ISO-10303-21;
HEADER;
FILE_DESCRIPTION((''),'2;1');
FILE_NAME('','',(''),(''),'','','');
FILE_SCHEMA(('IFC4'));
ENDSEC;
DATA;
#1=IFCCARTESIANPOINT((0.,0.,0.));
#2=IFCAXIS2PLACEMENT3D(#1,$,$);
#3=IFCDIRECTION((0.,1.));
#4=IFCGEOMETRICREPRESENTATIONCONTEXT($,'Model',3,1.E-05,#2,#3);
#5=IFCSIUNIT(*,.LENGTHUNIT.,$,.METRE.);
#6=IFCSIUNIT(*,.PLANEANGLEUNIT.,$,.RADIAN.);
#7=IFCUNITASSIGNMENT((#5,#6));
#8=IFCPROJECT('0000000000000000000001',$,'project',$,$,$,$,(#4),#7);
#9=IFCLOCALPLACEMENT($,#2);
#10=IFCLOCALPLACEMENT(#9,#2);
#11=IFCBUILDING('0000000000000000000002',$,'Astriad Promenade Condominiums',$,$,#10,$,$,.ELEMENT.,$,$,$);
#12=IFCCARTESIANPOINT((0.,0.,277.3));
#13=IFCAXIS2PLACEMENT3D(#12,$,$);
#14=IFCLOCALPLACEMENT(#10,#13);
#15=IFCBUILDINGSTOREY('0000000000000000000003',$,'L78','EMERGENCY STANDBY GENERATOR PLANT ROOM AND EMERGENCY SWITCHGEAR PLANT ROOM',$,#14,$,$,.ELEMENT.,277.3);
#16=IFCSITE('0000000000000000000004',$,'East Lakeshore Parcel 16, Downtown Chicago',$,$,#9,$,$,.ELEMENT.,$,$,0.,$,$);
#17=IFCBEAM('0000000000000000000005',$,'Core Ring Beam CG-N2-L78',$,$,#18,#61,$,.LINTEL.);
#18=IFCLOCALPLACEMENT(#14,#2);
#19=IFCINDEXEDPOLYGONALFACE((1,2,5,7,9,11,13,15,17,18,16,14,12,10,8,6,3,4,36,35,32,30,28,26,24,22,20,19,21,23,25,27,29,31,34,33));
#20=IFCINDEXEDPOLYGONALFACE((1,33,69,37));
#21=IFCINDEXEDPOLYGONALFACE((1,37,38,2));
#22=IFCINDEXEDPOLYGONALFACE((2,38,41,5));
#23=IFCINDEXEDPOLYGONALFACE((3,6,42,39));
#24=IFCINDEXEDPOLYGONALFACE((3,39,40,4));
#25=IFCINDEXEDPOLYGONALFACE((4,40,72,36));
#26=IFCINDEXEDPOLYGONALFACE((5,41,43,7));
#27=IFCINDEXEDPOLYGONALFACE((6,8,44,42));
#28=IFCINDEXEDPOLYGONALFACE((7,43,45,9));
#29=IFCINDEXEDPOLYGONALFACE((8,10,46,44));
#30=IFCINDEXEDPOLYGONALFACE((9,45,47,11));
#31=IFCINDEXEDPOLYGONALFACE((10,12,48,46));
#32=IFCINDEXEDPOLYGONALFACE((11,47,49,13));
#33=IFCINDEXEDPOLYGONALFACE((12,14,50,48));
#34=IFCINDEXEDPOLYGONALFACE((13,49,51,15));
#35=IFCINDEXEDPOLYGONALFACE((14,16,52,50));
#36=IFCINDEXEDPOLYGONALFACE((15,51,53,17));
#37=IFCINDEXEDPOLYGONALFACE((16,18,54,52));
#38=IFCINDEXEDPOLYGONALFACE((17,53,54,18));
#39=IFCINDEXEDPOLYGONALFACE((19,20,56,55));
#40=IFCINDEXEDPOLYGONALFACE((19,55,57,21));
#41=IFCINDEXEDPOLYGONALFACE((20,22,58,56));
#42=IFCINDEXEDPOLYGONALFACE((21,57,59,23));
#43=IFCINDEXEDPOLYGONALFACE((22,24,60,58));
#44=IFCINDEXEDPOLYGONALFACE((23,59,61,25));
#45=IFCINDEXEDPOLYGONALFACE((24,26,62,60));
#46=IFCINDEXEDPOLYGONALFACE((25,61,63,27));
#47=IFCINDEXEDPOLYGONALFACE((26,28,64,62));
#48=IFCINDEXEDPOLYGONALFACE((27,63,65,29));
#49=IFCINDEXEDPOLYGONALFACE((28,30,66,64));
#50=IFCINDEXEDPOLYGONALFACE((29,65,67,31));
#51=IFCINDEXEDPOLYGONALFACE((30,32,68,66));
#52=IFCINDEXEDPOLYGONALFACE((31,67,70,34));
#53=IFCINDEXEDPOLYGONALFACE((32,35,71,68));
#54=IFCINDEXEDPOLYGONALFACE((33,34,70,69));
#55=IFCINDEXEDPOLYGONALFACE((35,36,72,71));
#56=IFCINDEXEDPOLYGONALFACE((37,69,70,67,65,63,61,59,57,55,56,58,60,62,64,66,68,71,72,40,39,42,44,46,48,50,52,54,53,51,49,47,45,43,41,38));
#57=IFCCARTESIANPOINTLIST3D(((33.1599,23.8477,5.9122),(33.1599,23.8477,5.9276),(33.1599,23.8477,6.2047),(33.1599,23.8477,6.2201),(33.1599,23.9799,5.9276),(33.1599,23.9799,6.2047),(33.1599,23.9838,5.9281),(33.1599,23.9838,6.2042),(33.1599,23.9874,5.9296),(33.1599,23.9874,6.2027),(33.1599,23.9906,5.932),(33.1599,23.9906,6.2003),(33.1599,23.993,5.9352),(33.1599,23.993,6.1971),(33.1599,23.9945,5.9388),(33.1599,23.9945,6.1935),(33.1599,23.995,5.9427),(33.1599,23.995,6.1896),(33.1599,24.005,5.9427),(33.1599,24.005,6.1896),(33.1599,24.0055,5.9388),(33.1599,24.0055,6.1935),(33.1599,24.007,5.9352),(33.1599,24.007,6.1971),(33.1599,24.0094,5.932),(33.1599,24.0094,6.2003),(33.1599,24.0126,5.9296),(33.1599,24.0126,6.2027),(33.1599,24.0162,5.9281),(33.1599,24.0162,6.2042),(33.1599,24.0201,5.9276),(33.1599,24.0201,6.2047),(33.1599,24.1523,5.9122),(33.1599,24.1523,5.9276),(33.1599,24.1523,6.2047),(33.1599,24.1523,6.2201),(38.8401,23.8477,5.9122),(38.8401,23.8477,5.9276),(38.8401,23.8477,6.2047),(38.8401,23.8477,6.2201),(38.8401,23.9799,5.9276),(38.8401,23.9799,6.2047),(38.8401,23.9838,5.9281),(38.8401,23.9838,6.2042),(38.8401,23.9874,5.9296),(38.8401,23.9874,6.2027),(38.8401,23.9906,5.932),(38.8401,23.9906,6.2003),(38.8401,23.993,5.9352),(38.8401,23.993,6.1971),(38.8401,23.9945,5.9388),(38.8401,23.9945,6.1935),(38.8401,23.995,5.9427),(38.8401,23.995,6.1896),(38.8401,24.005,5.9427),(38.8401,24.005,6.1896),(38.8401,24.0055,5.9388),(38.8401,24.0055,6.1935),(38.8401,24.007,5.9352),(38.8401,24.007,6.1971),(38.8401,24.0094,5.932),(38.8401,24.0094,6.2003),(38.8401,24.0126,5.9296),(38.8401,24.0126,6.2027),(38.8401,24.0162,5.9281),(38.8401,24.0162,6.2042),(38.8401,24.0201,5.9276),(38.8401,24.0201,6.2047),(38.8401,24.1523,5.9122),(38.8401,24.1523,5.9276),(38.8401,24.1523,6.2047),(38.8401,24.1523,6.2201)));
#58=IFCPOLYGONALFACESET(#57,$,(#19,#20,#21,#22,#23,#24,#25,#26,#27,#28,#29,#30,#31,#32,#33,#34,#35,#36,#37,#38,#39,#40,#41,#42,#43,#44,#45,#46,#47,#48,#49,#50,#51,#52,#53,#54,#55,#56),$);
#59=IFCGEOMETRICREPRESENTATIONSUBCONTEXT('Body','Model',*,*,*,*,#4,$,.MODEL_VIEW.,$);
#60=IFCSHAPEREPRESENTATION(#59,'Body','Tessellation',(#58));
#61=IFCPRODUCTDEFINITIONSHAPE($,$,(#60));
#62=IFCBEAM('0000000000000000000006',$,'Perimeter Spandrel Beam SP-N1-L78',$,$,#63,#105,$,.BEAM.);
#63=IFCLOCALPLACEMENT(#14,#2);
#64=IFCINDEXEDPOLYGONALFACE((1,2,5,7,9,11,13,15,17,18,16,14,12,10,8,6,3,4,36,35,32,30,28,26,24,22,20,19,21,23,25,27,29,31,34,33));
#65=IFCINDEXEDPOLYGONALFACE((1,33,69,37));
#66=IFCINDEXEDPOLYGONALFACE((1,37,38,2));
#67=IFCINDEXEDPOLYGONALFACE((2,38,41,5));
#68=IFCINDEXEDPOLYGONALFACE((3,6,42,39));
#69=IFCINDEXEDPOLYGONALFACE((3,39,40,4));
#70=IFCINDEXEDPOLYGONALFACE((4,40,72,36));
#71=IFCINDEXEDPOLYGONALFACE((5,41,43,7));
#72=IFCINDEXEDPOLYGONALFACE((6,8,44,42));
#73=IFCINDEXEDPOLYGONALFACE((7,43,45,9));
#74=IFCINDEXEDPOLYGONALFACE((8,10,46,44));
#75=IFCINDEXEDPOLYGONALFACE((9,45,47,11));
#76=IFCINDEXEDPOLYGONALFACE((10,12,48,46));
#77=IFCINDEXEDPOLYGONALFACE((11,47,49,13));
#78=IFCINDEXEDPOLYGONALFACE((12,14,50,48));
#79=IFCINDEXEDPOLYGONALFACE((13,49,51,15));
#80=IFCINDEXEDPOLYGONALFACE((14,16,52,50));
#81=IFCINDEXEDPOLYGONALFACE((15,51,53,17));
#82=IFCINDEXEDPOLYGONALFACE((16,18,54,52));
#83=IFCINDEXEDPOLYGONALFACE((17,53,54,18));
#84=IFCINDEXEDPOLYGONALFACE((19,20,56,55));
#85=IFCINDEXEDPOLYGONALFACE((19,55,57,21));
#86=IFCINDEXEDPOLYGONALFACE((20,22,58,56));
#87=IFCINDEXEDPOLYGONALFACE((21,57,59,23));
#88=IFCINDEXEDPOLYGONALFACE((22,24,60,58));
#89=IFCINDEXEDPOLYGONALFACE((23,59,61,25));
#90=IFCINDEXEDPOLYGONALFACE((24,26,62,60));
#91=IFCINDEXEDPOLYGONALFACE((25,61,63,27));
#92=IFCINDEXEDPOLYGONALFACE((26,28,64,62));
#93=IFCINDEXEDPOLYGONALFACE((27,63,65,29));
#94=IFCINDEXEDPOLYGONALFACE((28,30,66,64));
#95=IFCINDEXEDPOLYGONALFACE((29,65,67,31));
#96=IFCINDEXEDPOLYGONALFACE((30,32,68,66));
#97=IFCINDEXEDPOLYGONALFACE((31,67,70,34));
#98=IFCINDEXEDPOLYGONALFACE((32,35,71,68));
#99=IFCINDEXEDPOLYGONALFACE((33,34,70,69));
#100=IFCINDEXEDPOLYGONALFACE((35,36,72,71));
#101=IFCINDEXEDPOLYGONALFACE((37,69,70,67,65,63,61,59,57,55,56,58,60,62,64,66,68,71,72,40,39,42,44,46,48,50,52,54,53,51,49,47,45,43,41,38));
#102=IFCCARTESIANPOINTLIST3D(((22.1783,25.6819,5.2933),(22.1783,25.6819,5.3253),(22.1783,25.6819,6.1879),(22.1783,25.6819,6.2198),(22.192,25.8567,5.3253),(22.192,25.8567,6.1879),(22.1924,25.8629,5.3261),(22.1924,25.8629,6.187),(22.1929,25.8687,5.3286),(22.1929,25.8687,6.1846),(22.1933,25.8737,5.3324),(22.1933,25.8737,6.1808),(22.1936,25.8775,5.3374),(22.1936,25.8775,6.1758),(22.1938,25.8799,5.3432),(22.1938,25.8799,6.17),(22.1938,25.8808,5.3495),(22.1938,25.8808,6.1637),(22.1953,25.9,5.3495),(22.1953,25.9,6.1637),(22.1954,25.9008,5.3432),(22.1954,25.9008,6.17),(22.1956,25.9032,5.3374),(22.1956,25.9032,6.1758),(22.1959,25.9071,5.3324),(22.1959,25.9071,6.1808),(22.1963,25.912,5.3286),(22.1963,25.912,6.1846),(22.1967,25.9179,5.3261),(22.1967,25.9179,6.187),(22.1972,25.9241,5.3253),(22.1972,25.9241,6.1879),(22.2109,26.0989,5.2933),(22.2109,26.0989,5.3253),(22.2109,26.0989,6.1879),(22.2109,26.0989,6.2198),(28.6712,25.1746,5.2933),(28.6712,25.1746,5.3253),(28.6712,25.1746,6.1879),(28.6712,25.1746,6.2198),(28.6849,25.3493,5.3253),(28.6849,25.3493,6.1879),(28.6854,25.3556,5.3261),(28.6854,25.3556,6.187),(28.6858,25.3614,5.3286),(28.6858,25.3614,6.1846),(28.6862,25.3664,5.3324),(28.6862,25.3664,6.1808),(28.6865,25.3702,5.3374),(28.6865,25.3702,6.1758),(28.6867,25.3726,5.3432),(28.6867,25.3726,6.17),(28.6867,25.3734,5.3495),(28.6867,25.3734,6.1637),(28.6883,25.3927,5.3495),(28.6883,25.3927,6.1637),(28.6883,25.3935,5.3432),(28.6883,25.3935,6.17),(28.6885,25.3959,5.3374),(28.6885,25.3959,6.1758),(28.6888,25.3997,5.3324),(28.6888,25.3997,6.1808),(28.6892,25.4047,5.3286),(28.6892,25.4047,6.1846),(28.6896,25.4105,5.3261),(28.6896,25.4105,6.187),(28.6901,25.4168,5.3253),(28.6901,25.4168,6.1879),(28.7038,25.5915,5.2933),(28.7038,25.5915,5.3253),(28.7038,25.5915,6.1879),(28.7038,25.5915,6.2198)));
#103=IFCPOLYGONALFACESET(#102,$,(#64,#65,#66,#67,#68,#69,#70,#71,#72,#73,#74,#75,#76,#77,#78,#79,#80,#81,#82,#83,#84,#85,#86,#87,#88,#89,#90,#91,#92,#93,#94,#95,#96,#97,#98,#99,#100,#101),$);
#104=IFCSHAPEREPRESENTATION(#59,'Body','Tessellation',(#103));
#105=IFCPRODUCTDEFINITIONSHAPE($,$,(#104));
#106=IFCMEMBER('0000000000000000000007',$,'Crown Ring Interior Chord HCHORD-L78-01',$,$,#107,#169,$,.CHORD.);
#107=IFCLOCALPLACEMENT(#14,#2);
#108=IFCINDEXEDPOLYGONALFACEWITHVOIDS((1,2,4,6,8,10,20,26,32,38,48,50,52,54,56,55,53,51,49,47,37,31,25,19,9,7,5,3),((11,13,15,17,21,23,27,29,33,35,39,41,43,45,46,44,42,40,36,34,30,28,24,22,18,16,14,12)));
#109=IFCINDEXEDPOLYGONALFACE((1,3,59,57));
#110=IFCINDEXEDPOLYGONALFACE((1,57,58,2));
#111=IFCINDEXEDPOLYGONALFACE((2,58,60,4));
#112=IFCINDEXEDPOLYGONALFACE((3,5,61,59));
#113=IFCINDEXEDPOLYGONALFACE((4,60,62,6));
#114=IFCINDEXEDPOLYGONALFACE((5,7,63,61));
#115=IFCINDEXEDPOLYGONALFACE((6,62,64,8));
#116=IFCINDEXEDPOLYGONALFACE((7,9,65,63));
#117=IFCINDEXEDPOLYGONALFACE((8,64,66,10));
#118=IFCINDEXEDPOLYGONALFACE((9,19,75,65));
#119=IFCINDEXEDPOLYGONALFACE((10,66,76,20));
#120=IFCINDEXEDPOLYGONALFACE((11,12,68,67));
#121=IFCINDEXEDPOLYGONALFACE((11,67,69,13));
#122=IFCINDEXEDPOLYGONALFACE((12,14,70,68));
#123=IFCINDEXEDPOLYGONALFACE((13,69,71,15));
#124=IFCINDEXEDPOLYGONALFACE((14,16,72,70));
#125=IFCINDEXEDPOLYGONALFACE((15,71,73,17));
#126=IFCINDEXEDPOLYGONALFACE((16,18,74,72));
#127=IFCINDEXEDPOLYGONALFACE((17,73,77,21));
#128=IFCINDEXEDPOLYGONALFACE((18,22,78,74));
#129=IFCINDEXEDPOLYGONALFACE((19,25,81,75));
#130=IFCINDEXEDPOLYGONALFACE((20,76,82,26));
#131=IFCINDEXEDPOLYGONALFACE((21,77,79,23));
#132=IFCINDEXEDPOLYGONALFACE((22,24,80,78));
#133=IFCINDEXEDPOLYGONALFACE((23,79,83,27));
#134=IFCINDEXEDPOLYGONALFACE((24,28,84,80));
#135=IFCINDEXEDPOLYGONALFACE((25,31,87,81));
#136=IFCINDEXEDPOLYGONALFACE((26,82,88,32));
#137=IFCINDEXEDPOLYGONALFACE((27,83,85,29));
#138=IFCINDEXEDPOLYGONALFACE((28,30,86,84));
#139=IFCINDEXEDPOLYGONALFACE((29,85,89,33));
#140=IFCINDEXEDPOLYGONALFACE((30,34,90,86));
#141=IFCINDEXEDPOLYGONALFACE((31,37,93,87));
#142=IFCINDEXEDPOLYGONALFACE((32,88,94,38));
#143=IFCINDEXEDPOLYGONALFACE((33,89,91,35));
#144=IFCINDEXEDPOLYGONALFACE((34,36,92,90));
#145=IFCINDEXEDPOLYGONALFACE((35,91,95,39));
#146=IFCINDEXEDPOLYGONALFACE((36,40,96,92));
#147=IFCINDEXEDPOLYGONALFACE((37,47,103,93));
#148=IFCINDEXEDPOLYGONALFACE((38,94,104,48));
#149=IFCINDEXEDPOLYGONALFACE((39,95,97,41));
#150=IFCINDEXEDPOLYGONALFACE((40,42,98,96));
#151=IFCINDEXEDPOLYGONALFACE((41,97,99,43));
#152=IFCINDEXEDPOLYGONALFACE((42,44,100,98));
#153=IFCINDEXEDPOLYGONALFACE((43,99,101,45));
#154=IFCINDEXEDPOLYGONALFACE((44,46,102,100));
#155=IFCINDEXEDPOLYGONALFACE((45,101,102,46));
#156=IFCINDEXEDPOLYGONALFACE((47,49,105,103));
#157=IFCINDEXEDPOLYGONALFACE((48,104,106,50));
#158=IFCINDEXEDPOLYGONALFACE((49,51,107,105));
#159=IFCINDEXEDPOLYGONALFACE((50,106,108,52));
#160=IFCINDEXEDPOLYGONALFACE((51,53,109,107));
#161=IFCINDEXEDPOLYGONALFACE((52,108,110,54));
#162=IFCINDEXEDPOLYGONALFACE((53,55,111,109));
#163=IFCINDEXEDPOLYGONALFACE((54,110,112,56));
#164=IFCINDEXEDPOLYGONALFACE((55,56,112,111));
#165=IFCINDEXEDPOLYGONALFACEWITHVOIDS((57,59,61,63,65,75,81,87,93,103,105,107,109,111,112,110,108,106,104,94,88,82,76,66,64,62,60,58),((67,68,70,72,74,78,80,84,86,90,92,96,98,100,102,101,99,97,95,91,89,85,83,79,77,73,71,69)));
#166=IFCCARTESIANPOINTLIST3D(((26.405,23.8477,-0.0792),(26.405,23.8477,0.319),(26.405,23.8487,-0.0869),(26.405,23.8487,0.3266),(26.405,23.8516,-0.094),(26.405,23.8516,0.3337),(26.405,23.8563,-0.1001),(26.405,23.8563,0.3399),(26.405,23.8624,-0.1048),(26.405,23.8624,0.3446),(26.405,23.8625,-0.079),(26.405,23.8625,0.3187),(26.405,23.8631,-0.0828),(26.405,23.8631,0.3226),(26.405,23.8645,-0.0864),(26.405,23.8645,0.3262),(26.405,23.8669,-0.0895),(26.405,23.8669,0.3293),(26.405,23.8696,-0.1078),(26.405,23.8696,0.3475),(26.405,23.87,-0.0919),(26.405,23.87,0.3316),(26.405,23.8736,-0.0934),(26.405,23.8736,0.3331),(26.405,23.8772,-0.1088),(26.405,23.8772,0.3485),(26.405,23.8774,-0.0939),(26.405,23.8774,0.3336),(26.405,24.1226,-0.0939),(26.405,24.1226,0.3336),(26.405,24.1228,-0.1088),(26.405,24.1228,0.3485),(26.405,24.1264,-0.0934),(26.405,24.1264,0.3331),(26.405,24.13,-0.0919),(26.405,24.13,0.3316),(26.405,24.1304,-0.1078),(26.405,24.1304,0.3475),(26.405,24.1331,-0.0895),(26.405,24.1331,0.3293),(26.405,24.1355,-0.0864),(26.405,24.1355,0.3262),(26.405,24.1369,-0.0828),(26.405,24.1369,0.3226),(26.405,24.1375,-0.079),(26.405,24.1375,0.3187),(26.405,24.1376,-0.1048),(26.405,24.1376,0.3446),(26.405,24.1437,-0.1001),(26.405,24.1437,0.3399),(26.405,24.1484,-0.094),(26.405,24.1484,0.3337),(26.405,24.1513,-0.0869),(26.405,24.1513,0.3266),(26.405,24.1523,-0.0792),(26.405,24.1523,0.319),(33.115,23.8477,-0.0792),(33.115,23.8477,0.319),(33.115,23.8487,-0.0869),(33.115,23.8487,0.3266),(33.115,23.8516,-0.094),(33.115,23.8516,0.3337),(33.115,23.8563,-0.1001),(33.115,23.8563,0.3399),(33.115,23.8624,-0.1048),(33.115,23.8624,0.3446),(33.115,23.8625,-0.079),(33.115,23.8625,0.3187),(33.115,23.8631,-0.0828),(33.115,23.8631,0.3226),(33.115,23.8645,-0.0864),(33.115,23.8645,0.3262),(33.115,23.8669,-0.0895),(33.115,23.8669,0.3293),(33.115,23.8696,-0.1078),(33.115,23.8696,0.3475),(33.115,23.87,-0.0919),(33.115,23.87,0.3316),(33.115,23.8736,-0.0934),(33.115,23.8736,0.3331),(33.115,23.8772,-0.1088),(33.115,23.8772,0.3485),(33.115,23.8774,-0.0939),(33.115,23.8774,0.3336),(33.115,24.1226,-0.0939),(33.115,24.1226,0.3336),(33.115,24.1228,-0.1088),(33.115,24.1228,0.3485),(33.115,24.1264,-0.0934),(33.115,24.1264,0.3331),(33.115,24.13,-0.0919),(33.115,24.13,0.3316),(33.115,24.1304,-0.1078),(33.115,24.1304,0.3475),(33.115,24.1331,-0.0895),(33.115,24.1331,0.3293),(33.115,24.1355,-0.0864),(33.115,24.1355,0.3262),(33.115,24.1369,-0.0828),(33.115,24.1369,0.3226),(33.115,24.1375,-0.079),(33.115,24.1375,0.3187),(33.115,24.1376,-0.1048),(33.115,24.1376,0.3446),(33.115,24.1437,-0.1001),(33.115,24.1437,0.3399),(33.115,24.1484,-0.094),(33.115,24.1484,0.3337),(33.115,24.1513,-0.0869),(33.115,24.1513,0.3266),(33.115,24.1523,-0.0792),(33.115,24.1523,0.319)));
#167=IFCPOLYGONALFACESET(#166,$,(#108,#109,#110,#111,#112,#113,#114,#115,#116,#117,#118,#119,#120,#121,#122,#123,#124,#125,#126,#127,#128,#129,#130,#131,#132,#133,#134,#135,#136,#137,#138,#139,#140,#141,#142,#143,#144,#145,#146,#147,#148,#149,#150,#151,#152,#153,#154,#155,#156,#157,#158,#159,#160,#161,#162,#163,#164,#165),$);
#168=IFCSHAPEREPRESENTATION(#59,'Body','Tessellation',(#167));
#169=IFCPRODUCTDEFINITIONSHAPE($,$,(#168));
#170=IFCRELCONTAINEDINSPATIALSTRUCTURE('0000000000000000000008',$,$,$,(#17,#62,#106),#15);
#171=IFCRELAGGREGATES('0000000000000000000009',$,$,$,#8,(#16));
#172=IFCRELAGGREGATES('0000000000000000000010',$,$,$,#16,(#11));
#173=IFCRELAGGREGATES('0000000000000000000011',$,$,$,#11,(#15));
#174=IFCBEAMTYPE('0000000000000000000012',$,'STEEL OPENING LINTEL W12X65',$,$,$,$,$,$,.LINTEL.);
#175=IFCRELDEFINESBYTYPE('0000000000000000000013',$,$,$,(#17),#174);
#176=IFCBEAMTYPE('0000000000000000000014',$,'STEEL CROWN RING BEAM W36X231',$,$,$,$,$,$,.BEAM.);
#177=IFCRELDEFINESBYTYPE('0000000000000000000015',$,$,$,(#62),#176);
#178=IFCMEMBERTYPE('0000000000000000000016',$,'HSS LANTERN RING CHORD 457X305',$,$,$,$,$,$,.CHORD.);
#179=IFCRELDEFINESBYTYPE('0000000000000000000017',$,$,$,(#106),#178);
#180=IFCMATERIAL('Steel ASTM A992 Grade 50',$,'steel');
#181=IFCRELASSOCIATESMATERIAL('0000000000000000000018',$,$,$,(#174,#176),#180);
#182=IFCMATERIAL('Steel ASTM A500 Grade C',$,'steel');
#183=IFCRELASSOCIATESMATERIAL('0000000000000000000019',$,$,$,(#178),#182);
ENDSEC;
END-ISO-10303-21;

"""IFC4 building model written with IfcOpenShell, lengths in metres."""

from ifc_helpers import new_model, si_unit, direction, frame, origin, origin_2d, place, context, subcontext, project, spatial, hollow_rectangle, i_section, extrude, source, transform, mapped, material, material_profile, profile_set, type_object, type_shapes, element, save


model = new_model("IFC4")

# Units and contexts
model_context = context("Model", 3, precision=1e-05, world=origin(), true_north=direction((0.0, 1.0)))
body_context = subcontext(model_context, "Body", "Model", "MODEL_VIEW")
ifc_project = project(units=[si_unit("LENGTHUNIT", "METRE"), si_unit("PLANEANGLEUNIT", "RADIAN")], contexts=[model_context])

# Site, building, storey
site_placement = place(None, origin())
site = spatial("IfcSite", under=ifc_project, at=site_placement, Name="East Lakeshore Parcel 16, Downtown Chicago", CompositionType="ELEMENT", RefElevation=0.0)
building_placement = place(site_placement, origin())
building = spatial("IfcBuilding", under=site, at=building_placement, Name="Astriad Promenade Condominiums", CompositionType="ELEMENT")
storey_placement = place(building_placement, frame((0.0, 0.0, 277.3)))
storey = spatial("IfcBuildingStorey", under=building, at=storey_placement, Name="L78", Description="EMERGENCY STANDBY GENERATOR PLANT ROOM AND EMERGENCY SWITCHGEAR PLANT ROOM", CompositionType="ELEMENT", Elevation=277.3)

# Shared definitions
ifc_material_1 = material(Name="Steel ASTM A992 Grade 50", Category="steel")

# Beams
ifc_material_profile_1 = material_profile(ifc_material_1, i_section(OverallWidth=0.3047, OverallDepth=0.3079, WebThickness=0.01, FlangeThickness=0.0154, FilletRadius=0.0151, at=origin_2d()), Name="W12X65")
ifc_profile_set_1 = profile_set([ifc_material_profile_1], Name="Steel ASTM A992 Grade 50")
beam_type_1 = type_object("IfcBeamType", Name="STEEL OPENING LINTEL W12X65", PredefinedType="LINTEL", material=ifc_profile_set_1)
shared_shape_1 = source(origin(), body_context, "Body", "SweptSolid", [
    extrude(i_section(OverallWidth=0.3047, OverallDepth=0.3079, WebThickness=0.01, FlangeThickness=0.0154, FilletRadius=0.0151, at=origin_2d()), origin(), (0.0, 0.0, 1.0), 5.6802),
])
type_shapes(beam_type_1, [shared_shape_1])
beam_1_placement = place(storey_placement, frame((33.1599, 24.0, 6.0662), z_axis=(1.0, 0.0, 0.0), x_axis=(0.0, 1.0, 0.0)))
element("IfcBeam", 1, at=beam_1_placement, inside=storey, type_object=beam_type_1, Name="Core Ring Beam CG-N2-L78", PredefinedType="LINTEL", context=body_context, shape_type="MappedRepresentation", body=[
    mapped(shared_shape_1, transform((0.0, 0.0, 0.0), scale=1.0)),
])
ifc_material_profile_2 = material_profile(ifc_material_1, i_section(OverallWidth=0.4182, OverallDepth=0.9265, WebThickness=0.0193, FlangeThickness=0.032, FilletRadius=0.0242, at=origin_2d()), Name="W36X231")
ifc_profile_set_2 = profile_set([ifc_material_profile_2], Name="Steel ASTM A992 Grade 50")
beam_type_2 = type_object("IfcBeamType", Name="STEEL CROWN RING BEAM W36X231", PredefinedType="BEAM", material=ifc_profile_set_2)
shared_shape_2 = source(origin(), body_context, "Body", "SweptSolid", [
    extrude(i_section(OverallWidth=0.4182, OverallDepth=0.9265, WebThickness=0.0193, FlangeThickness=0.032, FilletRadius=0.0242, at=origin_2d()), origin(), (0.0, 0.0, 1.0), 6.5127),
])
type_shapes(beam_type_2, [shared_shape_2])
beam_2_placement = place(storey_placement, frame((28.6875, 25.3831, 5.7566), z_axis=(-0.996961, 0.077898, 0.0), x_axis=(-0.077898, -0.996961, 0.0)))
element("IfcBeam", 2, at=beam_2_placement, inside=storey, type_object=beam_type_2, Name="Perimeter Spandrel Beam SP-N1-L78", PredefinedType="BEAM", context=body_context, shape_type="MappedRepresentation", body=[
    mapped(shared_shape_2, transform((0.0, 0.0, 0.0), scale=1.0)),
])

# Member
ifc_material_2 = material(Name="Steel ASTM A500 Grade C", Category="steel")
ifc_material_profile_3 = material_profile(ifc_material_2, hollow_rectangle(XDim=0.3047, YDim=0.4573, WallThickness=0.0149, InnerFilletRadius=0.0149, OuterFilletRadius=0.0295, at=origin_2d()), Name="HSS457X305X15.9")
ifc_profile_set_3 = profile_set([ifc_material_profile_3], Name="Steel ASTM A500 Grade C")
member_type_1 = type_object("IfcMemberType", Name="HSS LANTERN RING CHORD 457X305", PredefinedType="CHORD", material=ifc_profile_set_3)
shared_shape_3 = source(origin(), body_context, "Body", "SweptSolid", [
    extrude(hollow_rectangle(XDim=0.3047, YDim=0.4573, WallThickness=0.0149, InnerFilletRadius=0.0149, OuterFilletRadius=0.0295, at=origin_2d()), origin(), (0.0, 0.0, 1.0), 6.71),
])
type_shapes(member_type_1, [shared_shape_3])
member_1_placement = place(storey_placement, frame((26.405, 24.0, 0.1199), z_axis=(1.0, 0.0, 0.0), x_axis=(0.0, 1.0, 0.0)))
element("IfcMember", 3, at=member_1_placement, inside=storey, type_object=member_type_1, Name="Crown Ring Interior Chord HCHORD-L78-01", PredefinedType="CHORD", context=body_context, shape_type="MappedRepresentation", body=[
    mapped(shared_shape_3, transform((0.0, 0.0, 0.0), scale=1.0)),
])

save(model, "model.ifc")
